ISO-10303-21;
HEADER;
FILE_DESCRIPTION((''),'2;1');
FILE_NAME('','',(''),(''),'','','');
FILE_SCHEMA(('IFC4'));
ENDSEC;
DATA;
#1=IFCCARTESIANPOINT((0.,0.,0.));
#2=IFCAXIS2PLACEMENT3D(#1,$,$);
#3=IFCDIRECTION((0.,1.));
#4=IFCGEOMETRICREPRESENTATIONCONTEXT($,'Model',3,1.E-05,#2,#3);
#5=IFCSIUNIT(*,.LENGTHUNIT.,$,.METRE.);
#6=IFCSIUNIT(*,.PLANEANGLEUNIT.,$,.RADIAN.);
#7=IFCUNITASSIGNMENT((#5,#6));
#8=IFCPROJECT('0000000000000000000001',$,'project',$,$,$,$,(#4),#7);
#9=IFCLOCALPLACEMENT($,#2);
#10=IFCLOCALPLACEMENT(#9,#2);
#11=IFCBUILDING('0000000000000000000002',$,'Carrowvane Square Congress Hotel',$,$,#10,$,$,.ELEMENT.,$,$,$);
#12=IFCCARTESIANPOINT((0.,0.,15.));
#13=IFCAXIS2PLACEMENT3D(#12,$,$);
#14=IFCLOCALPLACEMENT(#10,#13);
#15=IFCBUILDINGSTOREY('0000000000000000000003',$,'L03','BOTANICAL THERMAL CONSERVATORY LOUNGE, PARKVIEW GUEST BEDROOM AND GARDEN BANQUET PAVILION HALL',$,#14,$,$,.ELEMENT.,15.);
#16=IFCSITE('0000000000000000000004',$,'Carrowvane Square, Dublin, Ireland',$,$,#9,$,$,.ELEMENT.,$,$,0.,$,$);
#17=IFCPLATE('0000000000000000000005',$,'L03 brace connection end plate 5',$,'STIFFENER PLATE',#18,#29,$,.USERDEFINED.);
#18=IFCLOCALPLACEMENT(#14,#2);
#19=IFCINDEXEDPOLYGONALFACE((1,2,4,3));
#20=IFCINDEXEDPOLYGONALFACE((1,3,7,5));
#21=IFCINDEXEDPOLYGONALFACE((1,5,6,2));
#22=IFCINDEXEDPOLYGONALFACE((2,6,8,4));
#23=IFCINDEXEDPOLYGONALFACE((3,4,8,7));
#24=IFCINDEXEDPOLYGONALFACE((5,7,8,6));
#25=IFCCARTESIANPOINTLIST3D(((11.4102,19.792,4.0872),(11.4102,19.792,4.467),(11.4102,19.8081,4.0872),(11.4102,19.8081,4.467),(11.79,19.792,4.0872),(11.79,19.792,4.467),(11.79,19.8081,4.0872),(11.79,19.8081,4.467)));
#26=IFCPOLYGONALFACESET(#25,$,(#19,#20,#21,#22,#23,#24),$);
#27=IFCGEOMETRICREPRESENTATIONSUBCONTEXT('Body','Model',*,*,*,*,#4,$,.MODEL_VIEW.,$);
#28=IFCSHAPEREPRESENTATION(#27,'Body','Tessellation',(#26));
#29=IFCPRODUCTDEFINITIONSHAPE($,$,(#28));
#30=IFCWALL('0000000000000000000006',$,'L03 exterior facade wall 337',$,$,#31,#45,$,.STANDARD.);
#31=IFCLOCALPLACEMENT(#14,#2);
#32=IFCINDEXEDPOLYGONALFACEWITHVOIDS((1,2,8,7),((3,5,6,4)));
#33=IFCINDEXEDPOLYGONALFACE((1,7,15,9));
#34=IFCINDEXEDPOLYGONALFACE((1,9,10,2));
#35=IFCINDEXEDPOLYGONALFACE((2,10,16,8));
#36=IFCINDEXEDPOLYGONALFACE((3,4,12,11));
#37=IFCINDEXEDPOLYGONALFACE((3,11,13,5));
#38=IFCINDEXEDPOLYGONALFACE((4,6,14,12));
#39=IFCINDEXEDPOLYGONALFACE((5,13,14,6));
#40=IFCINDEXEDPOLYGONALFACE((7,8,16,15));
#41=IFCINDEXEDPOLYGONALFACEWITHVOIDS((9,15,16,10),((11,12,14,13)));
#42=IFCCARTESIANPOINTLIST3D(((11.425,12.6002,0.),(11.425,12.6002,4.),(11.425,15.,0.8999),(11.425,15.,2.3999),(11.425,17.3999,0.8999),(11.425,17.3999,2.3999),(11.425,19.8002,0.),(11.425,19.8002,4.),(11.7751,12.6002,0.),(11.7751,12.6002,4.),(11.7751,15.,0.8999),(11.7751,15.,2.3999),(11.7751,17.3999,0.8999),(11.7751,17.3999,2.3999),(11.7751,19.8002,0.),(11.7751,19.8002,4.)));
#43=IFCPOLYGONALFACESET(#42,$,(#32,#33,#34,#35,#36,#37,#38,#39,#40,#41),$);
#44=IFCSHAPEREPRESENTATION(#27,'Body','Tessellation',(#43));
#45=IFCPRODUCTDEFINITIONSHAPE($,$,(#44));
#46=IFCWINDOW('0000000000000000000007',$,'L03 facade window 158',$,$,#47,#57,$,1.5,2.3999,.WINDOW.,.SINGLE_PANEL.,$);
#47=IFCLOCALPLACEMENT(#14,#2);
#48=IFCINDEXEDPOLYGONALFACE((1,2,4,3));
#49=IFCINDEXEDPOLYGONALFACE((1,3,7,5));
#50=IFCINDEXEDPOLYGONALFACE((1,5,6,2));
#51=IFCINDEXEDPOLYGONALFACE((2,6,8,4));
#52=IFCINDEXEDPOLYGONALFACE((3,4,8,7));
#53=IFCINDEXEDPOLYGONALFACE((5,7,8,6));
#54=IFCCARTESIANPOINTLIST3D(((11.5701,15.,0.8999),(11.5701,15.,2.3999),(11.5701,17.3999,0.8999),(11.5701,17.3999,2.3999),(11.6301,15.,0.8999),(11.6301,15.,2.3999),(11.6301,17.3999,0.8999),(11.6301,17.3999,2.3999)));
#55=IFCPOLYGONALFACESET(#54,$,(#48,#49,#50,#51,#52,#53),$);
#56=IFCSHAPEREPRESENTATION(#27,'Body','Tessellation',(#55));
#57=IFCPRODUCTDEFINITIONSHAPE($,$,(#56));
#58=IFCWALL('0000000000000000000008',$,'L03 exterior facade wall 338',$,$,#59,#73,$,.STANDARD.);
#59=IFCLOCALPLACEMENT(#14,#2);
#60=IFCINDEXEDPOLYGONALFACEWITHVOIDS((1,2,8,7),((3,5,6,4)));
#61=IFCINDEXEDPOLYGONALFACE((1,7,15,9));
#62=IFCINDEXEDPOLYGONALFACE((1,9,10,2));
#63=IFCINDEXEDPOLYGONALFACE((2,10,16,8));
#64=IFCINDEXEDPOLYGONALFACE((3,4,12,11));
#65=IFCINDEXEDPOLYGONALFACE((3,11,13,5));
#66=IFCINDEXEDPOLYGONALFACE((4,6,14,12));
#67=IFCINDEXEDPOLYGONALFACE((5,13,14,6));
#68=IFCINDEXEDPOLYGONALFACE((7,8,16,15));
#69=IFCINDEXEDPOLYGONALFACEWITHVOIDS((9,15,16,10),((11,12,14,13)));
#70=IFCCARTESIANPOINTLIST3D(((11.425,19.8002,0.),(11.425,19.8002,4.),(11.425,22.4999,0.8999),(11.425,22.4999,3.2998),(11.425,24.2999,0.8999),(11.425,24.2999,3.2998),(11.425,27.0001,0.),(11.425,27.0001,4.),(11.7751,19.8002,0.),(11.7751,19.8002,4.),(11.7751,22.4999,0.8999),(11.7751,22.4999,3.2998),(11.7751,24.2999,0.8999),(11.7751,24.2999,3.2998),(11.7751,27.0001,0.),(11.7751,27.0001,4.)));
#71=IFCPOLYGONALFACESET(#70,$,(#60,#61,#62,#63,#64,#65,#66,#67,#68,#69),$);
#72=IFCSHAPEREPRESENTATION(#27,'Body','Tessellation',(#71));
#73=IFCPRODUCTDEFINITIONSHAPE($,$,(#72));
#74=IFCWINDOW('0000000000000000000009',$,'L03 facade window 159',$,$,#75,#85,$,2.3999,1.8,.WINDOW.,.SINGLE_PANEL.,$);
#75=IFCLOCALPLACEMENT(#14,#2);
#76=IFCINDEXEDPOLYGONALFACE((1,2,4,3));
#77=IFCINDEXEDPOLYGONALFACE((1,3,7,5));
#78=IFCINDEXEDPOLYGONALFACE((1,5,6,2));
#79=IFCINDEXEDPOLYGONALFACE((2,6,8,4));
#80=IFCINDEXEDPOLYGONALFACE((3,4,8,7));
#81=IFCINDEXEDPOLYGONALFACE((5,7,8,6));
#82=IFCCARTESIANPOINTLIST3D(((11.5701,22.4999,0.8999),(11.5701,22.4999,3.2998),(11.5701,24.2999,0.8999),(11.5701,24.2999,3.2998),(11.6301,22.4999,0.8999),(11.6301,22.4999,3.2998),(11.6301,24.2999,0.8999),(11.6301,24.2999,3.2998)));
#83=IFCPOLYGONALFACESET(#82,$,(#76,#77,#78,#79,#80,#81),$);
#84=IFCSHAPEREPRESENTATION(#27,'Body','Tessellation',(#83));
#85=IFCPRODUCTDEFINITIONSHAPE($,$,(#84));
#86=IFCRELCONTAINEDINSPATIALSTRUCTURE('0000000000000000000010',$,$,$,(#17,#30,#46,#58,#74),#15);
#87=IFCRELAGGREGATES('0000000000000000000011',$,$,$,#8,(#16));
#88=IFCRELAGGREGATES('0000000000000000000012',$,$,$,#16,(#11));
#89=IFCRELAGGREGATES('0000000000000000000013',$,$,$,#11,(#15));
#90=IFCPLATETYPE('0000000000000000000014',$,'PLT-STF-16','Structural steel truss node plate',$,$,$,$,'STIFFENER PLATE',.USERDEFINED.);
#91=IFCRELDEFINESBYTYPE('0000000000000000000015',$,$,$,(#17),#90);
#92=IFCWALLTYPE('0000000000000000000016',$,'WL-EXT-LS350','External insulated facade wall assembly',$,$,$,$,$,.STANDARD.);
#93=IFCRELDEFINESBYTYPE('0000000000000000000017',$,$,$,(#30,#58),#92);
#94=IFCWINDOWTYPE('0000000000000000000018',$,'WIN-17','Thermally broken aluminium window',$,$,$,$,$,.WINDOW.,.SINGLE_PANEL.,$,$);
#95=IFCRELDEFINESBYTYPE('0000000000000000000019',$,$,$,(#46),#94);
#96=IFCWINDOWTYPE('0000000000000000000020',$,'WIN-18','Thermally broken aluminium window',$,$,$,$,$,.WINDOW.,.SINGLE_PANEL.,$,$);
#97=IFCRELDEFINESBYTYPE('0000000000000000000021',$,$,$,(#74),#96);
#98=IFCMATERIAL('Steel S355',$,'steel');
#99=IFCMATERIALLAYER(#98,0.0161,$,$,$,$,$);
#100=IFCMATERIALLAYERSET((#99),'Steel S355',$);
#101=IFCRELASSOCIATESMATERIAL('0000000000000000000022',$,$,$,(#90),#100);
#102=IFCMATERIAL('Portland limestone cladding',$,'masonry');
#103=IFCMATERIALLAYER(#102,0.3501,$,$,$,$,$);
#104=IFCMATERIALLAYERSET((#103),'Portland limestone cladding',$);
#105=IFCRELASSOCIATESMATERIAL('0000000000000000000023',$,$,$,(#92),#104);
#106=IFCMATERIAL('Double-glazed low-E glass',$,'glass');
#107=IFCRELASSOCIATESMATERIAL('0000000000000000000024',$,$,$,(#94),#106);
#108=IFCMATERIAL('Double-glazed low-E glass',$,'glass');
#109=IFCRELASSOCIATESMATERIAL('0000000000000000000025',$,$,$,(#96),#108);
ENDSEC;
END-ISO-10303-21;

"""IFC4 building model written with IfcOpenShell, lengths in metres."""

from ifc_helpers import new_model, si_unit, direction, frame, frame_2d, origin, origin_2d, place, context, subcontext, project, spatial, rectangle, extrude, material, layer, layer_set, type_object, element, fill, save


model = new_model("IFC4")

# Units and contexts
model_context = context("Model", 3, precision=1e-05, world=origin(), true_north=direction((0.0, 1.0)))
body_context = subcontext(model_context, "Body", "Model", "MODEL_VIEW")
ifc_project = project(units=[si_unit("LENGTHUNIT", "METRE"), si_unit("PLANEANGLEUNIT", "RADIAN")], contexts=[model_context])

# Site, building, storey
site_placement = place(None, origin())
site = spatial("IfcSite", under=ifc_project, at=site_placement, Name="Carrowvane Square, Dublin, Ireland", CompositionType="ELEMENT", RefElevation=0.0)
building_placement = place(site_placement, origin())
building = spatial("IfcBuilding", under=site, at=building_placement, Name="Carrowvane Square Congress Hotel", CompositionType="ELEMENT")
storey_placement = place(building_placement, frame((0.0, 0.0, 15.0)))
storey = spatial("IfcBuildingStorey", under=building, at=storey_placement, Name="L03", Description="BOTANICAL THERMAL CONSERVATORY LOUNGE, PARKVIEW GUEST BEDROOM AND GARDEN BANQUET PAVILION HALL", CompositionType="ELEMENT", Elevation=15.0)

# Plate
ifc_material_1 = material(Name="Steel S355", Category="steel")
ifc_layer_1 = layer(ifc_material_1, 0.0161)
ifc_layer_set_1 = layer_set([ifc_layer_1], Name="Steel S355")
plate_type_1 = type_object("IfcPlateType", Name="PLT-STF-16", Description="Structural steel truss node plate", ElementType="STIFFENER PLATE", PredefinedType="USERDEFINED", material=ifc_layer_set_1)
plate_1_placement = place(storey_placement, frame((11.6001, 19.8, 4.0872), z_axis=(0.0, 0.0, 1.0), x_axis=(1.0, 0.0, 0.0)))
element("IfcPlate", 1, at=plate_1_placement, inside=storey, type_object=plate_type_1, Name="L03 brace connection end plate 5", ObjectType="STIFFENER PLATE", PredefinedType="USERDEFINED", context=body_context, shape_type="SweptSolid", body=[
    extrude(rectangle(XDim=0.3799, YDim=0.0161, at=origin_2d()), origin(), (0.0, 0.0, 1.0), 0.3799),
])

# Walls, openings, windows
ifc_material_2 = material(Name="Portland limestone cladding", Category="masonry")
ifc_layer_2 = layer(ifc_material_2, 0.3501)
ifc_layer_set_2 = layer_set([ifc_layer_2], Name="Portland limestone cladding")
wall_type = type_object("IfcWallType", Name="WL-EXT-LS350", Description="External insulated facade wall assembly", PredefinedType="STANDARD", material=ifc_layer_set_2)
wall_1_placement = place(storey_placement, frame((11.6001, 12.6001, 0.0), z_axis=(0.0, 0.0, 1.0), x_axis=(0.0, 1.0, 0.0)))
wall_1 = element("IfcWall", 2, at=wall_1_placement, inside=storey, type_object=wall_type, Name="L03 exterior facade wall 337", PredefinedType="STANDARD", context=body_context, shape_type="SweptSolid", body=[
    extrude(rectangle(XDim=7.2, YDim=0.3501, at=frame_2d((3.6001, 0.0))), origin(), (0.0, 0.0, 1.0), 4.0),
])
opening_1_placement = place(wall_1_placement, frame((2.3999, 0.0, 0.8999)))
opening_1 = element("IfcOpeningElement", 3, at=opening_1_placement, cuts=wall_1, PredefinedType="OPENING", context=body_context, shape_type="SweptSolid", body=[
    extrude(rectangle(XDim=2.3999, YDim=1.5, at=frame_2d((1.2, 0.75))), frame((0.0, 0.1851, 0.0), z_axis=(0.0, -1.0, 0.0), x_axis=(1.0, 0.0, 0.0)), (0.0, 0.0, 1.0), 0.3701),
])
ifc_material_3 = material(Name="Double-glazed low-E glass", Category="glass")
window_type_1 = type_object("IfcWindowType", Name="WIN-17", Description="Thermally broken aluminium window", PartitioningType="SINGLE_PANEL", PredefinedType="WINDOW", material=ifc_material_3)
window_1_placement = place(opening_1_placement, origin())
window_1 = element("IfcWindow", 4, at=window_1_placement, inside=storey, type_object=window_type_1, Name="L03 facade window 158", OverallHeight=1.5, OverallWidth=2.3999, PartitioningType="SINGLE_PANEL", PredefinedType="WINDOW", context=body_context, shape_type="SweptSolid", body=[
    extrude(rectangle(XDim=2.3999, YDim=1.5, at=frame_2d((1.2, 0.75))), frame((0.0, 0.03, 0.0), z_axis=(0.0, -1.0, 0.0), x_axis=(1.0, 0.0, 0.0)), (0.0, 0.0, 1.0), 0.0601),
])
fill(opening_1, window_1)
wall_2_placement = place(storey_placement, frame((11.6001, 19.8, 0.0), z_axis=(0.0, 0.0, 1.0), x_axis=(0.0, 1.0, 0.0)))
wall_2 = element("IfcWall", 5, at=wall_2_placement, inside=storey, type_object=wall_type, Name="L03 exterior facade wall 338", PredefinedType="STANDARD", context=body_context, shape_type="SweptSolid", body=[
    extrude(rectangle(XDim=7.2, YDim=0.3501, at=frame_2d((3.6001, 0.0))), origin(), (0.0, 0.0, 1.0), 4.0),
])
opening_2_placement = place(wall_2_placement, frame((2.7, 0.0, 0.8999)))
opening_2 = element("IfcOpeningElement", 6, at=opening_2_placement, cuts=wall_2, PredefinedType="OPENING", context=body_context, shape_type="SweptSolid", body=[
    extrude(rectangle(XDim=1.8, YDim=2.3999, at=frame_2d((0.8999, 1.2))), frame((0.0, 0.1851, 0.0), z_axis=(0.0, -1.0, 0.0), x_axis=(1.0, 0.0, 0.0)), (0.0, 0.0, 1.0), 0.3701),
])
ifc_material_4 = material(Name="Double-glazed low-E glass", Category="glass")
window_type_2 = type_object("IfcWindowType", Name="WIN-18", Description="Thermally broken aluminium window", PartitioningType="SINGLE_PANEL", PredefinedType="WINDOW", material=ifc_material_4)
window_2_placement = place(opening_2_placement, origin())
window_2 = element("IfcWindow", 7, at=window_2_placement, inside=storey, type_object=window_type_2, Name="L03 facade window 159", OverallHeight=2.3999, OverallWidth=1.8, PartitioningType="SINGLE_PANEL", PredefinedType="WINDOW", context=body_context, shape_type="SweptSolid", body=[
    extrude(rectangle(XDim=1.8, YDim=2.3999, at=frame_2d((0.8999, 1.2))), frame((0.0, 0.03, 0.0), z_axis=(0.0, -1.0, 0.0), x_axis=(1.0, 0.0, 0.0)), (0.0, 0.0, 1.0), 0.0601),
])
fill(opening_2, window_2)

save(model, "model.ifc")
